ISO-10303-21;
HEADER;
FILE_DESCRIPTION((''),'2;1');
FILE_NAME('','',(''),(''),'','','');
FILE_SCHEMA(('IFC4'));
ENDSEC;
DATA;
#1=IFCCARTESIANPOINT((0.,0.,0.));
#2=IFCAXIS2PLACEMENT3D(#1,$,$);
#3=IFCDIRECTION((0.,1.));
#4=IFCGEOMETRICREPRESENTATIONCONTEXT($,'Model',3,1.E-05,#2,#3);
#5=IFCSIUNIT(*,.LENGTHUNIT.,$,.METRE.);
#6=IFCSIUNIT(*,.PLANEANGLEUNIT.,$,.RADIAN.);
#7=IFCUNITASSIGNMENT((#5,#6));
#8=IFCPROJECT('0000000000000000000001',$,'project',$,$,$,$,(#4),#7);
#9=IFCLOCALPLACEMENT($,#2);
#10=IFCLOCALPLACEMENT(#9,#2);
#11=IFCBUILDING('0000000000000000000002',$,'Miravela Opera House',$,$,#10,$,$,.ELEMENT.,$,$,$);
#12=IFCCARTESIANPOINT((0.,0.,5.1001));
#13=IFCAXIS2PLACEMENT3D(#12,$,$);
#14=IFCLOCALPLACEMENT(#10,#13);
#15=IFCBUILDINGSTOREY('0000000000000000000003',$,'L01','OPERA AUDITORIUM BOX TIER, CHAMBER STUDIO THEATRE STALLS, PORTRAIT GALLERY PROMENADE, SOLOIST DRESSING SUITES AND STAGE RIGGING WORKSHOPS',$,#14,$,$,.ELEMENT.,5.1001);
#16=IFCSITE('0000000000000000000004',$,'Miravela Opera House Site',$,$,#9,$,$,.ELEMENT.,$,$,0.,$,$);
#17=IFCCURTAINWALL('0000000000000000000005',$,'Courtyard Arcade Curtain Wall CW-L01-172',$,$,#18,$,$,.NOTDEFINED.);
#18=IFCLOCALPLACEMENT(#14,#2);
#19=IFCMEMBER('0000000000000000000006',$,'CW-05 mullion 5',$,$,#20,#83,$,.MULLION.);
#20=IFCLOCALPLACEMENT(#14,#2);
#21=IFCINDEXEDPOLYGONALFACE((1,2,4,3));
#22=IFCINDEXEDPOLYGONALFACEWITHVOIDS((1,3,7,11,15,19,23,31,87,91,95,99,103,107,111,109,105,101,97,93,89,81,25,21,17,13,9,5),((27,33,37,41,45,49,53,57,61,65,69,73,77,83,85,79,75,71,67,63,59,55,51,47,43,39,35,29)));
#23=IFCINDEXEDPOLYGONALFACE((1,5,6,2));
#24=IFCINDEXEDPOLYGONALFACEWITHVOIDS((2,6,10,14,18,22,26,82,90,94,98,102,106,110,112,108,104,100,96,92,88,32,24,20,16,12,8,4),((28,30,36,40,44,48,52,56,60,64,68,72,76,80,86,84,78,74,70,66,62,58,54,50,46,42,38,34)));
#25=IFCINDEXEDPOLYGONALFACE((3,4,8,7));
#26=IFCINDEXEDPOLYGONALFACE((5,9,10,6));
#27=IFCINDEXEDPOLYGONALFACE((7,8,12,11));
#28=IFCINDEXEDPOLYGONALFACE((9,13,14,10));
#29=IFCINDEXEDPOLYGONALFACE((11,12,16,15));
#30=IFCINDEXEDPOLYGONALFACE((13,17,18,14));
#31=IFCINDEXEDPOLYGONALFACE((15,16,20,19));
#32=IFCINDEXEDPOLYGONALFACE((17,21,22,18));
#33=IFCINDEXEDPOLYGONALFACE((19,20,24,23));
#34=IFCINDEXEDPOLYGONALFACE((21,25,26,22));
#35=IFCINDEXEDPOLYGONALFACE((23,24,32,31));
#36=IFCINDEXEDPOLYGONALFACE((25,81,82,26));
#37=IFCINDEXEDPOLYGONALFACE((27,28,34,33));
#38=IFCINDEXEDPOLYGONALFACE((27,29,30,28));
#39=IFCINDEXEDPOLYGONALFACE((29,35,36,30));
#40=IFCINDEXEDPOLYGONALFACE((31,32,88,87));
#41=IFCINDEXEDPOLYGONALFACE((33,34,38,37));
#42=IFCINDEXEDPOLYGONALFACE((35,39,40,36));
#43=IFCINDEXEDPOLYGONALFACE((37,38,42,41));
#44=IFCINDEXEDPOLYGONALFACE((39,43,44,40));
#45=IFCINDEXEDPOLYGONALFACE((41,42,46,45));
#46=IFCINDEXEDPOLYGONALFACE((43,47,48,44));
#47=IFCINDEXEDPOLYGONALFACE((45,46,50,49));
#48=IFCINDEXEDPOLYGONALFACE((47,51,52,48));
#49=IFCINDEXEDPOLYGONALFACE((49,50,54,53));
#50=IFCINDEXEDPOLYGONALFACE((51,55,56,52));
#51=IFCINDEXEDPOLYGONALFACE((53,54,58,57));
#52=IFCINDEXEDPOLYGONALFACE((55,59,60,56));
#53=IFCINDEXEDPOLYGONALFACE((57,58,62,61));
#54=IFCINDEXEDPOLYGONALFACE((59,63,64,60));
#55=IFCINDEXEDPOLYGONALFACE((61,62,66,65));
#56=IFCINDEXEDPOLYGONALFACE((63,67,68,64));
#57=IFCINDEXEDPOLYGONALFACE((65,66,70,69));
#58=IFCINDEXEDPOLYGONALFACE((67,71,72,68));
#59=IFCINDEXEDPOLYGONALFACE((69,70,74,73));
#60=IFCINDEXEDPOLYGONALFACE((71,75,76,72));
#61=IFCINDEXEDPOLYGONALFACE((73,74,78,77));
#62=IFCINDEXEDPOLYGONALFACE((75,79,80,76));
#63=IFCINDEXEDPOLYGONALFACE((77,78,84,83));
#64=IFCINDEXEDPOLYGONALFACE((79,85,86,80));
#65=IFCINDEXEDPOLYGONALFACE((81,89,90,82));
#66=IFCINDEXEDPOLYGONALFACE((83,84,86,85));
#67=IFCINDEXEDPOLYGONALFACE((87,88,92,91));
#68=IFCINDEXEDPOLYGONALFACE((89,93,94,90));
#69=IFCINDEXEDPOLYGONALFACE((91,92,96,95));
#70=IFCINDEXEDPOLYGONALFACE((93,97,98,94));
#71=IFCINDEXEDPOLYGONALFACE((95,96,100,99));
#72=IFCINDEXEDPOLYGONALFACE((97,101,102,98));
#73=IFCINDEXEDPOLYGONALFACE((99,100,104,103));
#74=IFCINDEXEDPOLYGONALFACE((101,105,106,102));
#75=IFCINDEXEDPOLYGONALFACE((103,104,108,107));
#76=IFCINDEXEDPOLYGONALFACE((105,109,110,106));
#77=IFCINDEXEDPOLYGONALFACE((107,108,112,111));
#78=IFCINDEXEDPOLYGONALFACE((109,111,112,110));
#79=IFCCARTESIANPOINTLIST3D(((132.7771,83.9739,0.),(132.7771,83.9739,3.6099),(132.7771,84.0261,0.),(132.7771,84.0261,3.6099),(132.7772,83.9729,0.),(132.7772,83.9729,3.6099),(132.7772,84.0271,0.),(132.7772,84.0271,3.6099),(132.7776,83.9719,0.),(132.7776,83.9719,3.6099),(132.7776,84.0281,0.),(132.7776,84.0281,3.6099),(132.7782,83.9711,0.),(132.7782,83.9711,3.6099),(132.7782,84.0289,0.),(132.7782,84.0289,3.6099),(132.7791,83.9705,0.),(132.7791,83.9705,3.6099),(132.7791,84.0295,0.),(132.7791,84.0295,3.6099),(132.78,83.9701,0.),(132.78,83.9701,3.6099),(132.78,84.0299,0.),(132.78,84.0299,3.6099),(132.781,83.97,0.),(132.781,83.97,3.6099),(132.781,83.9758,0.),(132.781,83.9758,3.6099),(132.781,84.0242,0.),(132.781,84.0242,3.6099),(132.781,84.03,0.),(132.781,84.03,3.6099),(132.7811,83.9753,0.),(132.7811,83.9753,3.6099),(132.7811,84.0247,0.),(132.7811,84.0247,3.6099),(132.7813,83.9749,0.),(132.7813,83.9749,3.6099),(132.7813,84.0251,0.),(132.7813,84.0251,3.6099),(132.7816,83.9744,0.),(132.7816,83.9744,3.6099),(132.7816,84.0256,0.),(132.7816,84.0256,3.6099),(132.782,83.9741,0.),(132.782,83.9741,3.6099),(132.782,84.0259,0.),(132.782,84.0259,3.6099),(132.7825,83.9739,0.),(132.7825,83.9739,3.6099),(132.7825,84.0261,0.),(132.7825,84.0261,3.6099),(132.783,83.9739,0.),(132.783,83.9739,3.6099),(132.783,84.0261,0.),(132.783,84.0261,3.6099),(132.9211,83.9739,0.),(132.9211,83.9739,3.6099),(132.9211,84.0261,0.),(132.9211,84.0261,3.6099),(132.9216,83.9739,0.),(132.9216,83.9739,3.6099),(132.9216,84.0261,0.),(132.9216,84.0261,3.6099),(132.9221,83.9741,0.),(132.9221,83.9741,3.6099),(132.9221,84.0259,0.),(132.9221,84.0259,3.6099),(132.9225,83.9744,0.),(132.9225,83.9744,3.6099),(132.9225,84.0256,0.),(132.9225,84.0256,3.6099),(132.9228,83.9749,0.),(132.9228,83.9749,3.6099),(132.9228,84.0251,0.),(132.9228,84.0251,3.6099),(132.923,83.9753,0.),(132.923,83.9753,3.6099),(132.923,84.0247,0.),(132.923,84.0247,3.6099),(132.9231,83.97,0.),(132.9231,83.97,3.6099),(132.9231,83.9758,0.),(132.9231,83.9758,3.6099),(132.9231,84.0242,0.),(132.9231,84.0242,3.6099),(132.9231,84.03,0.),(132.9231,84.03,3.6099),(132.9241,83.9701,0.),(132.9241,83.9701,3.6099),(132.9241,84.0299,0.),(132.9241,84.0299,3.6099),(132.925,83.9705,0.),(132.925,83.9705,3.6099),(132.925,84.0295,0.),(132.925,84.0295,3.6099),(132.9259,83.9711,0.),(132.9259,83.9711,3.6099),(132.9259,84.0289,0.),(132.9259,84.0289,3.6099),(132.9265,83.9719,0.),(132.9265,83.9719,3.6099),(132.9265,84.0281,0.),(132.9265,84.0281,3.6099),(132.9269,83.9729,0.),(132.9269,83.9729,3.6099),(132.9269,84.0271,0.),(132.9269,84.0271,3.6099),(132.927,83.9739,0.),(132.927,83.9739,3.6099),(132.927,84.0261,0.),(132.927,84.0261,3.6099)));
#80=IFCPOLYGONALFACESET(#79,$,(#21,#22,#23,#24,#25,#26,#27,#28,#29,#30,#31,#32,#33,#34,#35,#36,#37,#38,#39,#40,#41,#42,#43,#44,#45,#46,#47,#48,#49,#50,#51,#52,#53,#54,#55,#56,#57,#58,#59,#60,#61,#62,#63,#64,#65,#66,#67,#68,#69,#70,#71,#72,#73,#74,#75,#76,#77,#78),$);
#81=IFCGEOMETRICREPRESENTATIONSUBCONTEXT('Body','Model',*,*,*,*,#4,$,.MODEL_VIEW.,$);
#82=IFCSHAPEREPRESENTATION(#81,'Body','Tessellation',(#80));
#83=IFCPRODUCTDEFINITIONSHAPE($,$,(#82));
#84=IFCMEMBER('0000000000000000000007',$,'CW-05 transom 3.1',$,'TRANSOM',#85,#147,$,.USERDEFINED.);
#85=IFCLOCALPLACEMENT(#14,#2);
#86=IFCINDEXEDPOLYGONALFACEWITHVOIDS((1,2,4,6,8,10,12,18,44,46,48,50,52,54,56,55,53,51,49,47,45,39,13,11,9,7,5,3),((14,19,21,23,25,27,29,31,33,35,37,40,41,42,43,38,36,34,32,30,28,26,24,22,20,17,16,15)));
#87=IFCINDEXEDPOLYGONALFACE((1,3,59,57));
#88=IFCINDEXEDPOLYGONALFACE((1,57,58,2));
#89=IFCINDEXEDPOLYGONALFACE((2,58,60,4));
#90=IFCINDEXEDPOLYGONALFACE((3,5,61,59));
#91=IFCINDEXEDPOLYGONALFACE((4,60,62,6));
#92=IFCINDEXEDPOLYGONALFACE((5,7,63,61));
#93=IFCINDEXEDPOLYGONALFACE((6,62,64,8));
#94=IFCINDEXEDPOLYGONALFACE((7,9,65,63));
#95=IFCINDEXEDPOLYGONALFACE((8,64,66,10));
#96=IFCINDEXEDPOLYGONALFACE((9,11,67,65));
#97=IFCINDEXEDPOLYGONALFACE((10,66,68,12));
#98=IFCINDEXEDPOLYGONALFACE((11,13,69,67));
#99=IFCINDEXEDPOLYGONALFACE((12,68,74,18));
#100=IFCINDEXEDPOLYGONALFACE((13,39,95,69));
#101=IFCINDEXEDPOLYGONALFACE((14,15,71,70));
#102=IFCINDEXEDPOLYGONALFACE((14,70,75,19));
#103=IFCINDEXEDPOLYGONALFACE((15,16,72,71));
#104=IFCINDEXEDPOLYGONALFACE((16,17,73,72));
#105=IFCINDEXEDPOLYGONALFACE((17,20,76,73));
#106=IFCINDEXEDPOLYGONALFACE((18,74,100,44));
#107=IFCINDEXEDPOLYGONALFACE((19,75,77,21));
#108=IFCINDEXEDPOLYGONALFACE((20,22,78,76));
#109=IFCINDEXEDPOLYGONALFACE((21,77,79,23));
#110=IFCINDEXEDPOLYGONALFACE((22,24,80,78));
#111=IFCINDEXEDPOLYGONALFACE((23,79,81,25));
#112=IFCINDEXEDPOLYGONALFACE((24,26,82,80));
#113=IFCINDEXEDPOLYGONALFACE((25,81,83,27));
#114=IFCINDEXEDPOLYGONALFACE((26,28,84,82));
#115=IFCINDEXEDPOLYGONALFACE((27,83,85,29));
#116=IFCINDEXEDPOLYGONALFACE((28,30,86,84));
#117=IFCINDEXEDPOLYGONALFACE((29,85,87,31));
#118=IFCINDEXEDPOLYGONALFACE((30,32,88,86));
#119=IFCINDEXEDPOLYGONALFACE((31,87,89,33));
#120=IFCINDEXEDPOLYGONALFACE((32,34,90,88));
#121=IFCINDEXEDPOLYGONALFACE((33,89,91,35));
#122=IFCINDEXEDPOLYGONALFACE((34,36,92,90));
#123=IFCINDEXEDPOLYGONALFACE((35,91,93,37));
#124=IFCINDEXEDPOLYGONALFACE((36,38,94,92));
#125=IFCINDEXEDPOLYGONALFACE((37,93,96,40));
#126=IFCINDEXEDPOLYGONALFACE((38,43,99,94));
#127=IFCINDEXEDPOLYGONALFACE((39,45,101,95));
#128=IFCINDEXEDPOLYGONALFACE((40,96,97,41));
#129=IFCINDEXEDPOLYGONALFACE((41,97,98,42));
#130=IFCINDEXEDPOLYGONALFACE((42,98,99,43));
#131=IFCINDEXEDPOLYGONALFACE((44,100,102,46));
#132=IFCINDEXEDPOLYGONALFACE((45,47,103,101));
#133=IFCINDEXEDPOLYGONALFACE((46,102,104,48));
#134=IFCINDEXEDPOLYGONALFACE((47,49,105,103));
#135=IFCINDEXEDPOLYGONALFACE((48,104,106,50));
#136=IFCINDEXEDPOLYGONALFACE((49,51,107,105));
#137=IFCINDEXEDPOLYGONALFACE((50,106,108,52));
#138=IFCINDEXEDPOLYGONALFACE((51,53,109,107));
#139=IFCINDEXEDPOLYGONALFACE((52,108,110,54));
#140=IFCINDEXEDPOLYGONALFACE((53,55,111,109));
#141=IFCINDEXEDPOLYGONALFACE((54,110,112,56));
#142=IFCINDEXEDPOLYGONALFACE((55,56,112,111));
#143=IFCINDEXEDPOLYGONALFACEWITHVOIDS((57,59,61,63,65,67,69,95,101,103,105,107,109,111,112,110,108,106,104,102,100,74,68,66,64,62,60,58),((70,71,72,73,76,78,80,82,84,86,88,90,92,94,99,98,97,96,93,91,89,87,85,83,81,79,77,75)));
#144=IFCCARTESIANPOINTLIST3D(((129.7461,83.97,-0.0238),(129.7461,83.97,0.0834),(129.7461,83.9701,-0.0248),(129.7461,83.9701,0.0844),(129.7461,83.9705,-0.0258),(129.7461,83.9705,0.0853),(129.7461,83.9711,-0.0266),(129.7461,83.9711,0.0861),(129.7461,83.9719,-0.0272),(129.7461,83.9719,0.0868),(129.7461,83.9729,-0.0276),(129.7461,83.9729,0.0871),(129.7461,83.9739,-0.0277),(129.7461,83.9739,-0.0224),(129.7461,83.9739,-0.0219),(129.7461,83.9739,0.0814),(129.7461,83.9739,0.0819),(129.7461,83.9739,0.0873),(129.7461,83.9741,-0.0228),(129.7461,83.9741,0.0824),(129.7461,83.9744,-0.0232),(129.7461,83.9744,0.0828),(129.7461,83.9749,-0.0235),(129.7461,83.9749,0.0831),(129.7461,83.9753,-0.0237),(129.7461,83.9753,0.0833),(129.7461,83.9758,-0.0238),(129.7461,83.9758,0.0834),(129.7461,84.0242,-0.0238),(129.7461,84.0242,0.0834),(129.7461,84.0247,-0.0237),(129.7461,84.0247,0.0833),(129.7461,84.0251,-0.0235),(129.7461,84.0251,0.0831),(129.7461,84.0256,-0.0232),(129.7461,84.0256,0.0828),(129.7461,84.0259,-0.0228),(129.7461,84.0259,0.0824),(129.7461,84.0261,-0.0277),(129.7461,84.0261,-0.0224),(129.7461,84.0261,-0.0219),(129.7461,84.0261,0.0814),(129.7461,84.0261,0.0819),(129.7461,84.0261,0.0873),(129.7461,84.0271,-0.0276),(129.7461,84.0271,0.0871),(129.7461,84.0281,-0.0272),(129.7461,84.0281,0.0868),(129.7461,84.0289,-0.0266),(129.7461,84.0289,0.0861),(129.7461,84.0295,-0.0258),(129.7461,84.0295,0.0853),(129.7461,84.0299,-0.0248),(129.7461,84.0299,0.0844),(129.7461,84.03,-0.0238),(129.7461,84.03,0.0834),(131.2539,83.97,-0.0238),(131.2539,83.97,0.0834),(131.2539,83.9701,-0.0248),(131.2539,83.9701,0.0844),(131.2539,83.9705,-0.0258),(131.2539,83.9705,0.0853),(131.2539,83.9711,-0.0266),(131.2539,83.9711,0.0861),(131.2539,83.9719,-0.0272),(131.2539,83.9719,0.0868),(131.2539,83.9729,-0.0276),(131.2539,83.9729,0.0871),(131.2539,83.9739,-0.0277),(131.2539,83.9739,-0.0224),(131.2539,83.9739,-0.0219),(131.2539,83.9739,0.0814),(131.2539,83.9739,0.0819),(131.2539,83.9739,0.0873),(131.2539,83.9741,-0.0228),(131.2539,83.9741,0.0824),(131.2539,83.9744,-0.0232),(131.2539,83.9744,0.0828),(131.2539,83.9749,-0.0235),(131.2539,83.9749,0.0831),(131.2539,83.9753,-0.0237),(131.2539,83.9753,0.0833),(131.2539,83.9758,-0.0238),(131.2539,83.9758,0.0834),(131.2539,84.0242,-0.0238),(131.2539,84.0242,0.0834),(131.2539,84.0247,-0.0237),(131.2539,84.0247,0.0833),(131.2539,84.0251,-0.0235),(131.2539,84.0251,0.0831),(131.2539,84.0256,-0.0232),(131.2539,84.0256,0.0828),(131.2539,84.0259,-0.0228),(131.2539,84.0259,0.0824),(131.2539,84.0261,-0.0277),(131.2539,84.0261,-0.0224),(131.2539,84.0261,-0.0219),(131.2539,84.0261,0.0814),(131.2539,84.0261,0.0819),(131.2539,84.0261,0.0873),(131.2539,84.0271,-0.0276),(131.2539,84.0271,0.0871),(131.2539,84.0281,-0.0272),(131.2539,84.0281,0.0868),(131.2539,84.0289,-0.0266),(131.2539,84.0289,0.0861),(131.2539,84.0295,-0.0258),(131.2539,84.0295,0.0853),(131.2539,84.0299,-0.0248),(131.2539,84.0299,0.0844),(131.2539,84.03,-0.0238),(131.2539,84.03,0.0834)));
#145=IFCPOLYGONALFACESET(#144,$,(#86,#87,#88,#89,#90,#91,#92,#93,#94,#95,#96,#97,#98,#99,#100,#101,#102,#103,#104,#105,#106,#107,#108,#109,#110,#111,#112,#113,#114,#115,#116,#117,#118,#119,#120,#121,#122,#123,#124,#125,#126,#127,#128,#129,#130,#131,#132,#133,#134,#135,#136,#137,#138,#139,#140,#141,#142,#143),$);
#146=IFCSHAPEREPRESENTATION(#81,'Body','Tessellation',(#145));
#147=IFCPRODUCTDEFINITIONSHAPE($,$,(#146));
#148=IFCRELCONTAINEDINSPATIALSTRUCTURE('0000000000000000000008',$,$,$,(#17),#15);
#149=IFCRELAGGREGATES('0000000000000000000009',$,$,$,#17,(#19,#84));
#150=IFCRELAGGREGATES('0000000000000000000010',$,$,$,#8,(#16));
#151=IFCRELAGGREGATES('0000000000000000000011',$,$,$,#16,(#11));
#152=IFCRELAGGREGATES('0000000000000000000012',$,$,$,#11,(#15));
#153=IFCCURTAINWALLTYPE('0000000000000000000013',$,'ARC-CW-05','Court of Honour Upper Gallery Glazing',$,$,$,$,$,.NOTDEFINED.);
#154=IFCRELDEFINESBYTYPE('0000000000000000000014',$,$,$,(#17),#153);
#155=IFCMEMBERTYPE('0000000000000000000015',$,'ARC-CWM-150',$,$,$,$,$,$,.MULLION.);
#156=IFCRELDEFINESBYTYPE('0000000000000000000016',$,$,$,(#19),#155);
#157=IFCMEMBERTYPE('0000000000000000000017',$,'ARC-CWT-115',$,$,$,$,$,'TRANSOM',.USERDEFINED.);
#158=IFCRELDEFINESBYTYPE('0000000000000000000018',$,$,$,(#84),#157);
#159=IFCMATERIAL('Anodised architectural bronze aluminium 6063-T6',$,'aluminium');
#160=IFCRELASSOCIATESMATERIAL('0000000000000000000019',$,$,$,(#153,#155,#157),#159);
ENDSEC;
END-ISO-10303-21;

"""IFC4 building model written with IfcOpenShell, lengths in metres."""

from ifc_helpers import new_model, si_unit, direction, frame, origin, origin_2d, place, context, subcontext, project, spatial, hollow_rectangle, extrude, material, material_profile, profile_set, type_object, element, aggregate, save


model = new_model("IFC4")

# Units and contexts
model_context = context("Model", 3, precision=1e-05, world=origin(), true_north=direction((0.0, 1.0)))
body_context = subcontext(model_context, "Body", "Model", "MODEL_VIEW")
ifc_project = project(units=[si_unit("LENGTHUNIT", "METRE"), si_unit("PLANEANGLEUNIT", "RADIAN")], contexts=[model_context])

# Site, building, storey
site_placement = place(None, origin())
site = spatial("IfcSite", under=ifc_project, at=site_placement, Name="Miravela Opera House Site", CompositionType="ELEMENT", RefElevation=0.0)
building_placement = place(site_placement, origin())
building = spatial("IfcBuilding", under=site, at=building_placement, Name="Miravela Opera House", CompositionType="ELEMENT")
storey_placement = place(building_placement, frame((0.0, 0.0, 5.1001)))
storey = spatial("IfcBuildingStorey", under=building, at=storey_placement, Name="L01", Description="OPERA AUDITORIUM BOX TIER, CHAMBER STUDIO THEATRE STALLS, PORTRAIT GALLERY PROMENADE, SOLOIST DRESSING SUITES AND STAGE RIGGING WORKSHOPS", CompositionType="ELEMENT", Elevation=5.1001)

# Curtain wall, members
ifc_material_1 = material(Name="Anodised architectural bronze aluminium 6063-T6", Category="aluminium")
curtain_wall_type = type_object("IfcCurtainWallType", Name="ARC-CW-05", Description="Court of Honour Upper Gallery Glazing", PredefinedType="NOTDEFINED", material=ifc_material_1)
curtain_wall_placement = place(storey_placement, origin())
curtain_wall = element("IfcCurtainWall", 1, at=curtain_wall_placement, inside=storey, type_object=curtain_wall_type, Name="Courtyard Arcade Curtain Wall CW-L01-172", PredefinedType="NOTDEFINED")
ifc_material_profile_1 = material_profile(ifc_material_1, hollow_rectangle(XDim=0.0601, YDim=0.1499, WallThickness=0.0039, InnerFilletRadius=0.002, OuterFilletRadius=0.0039, at=origin_2d()), Name="CWM-60X150")
ifc_profile_set_1 = profile_set([ifc_material_profile_1])
member_type_1 = type_object("IfcMemberType", Name="ARC-CWM-150", PredefinedType="MULLION", material=ifc_profile_set_1)
member_1_placement = place(storey_placement, frame((132.8521, 84.0, 0.0), z_axis=(0.0, 0.0, 1.0), x_axis=(0.0, 1.0, 0.0)))
member_1 = element("IfcMember", 2, at=member_1_placement, type_object=member_type_1, Name="CW-05 mullion 5", PredefinedType="MULLION", context=body_context, shape_type="SweptSolid", body=[
    extrude(hollow_rectangle(XDim=0.0601, YDim=0.1499, WallThickness=0.0039, InnerFilletRadius=0.002, OuterFilletRadius=0.0039, at=origin_2d()), origin(), (0.0, 0.0, 1.0), 3.6099),
])
ifc_material_profile_2 = material_profile(ifc_material_1, hollow_rectangle(XDim=0.0601, YDim=0.115, WallThickness=0.0039, InnerFilletRadius=0.002, OuterFilletRadius=0.0039, at=origin_2d()), Name="CWT-60X115")
ifc_profile_set_2 = profile_set([ifc_material_profile_2])
member_type_2 = type_object("IfcMemberType", Name="ARC-CWT-115", ElementType="TRANSOM", PredefinedType="USERDEFINED", material=ifc_profile_set_2)
member_2_placement = place(storey_placement, frame((129.7461, 84.0, 0.0298), z_axis=(1.0, 0.0, 0.0), x_axis=(0.0, 1.0, 0.0)))
member_2 = element("IfcMember", 3, at=member_2_placement, type_object=member_type_2, Name="CW-05 transom 3.1", ObjectType="TRANSOM", PredefinedType="USERDEFINED", context=body_context, shape_type="SweptSolid", body=[
    extrude(hollow_rectangle(XDim=0.0601, YDim=0.115, WallThickness=0.0039, InnerFilletRadius=0.002, OuterFilletRadius=0.0039, at=origin_2d()), origin(), (0.0, 0.0, 1.0), 1.5078),
])
aggregate(curtain_wall, [member_1, member_2])

save(model, "model.ifc")
